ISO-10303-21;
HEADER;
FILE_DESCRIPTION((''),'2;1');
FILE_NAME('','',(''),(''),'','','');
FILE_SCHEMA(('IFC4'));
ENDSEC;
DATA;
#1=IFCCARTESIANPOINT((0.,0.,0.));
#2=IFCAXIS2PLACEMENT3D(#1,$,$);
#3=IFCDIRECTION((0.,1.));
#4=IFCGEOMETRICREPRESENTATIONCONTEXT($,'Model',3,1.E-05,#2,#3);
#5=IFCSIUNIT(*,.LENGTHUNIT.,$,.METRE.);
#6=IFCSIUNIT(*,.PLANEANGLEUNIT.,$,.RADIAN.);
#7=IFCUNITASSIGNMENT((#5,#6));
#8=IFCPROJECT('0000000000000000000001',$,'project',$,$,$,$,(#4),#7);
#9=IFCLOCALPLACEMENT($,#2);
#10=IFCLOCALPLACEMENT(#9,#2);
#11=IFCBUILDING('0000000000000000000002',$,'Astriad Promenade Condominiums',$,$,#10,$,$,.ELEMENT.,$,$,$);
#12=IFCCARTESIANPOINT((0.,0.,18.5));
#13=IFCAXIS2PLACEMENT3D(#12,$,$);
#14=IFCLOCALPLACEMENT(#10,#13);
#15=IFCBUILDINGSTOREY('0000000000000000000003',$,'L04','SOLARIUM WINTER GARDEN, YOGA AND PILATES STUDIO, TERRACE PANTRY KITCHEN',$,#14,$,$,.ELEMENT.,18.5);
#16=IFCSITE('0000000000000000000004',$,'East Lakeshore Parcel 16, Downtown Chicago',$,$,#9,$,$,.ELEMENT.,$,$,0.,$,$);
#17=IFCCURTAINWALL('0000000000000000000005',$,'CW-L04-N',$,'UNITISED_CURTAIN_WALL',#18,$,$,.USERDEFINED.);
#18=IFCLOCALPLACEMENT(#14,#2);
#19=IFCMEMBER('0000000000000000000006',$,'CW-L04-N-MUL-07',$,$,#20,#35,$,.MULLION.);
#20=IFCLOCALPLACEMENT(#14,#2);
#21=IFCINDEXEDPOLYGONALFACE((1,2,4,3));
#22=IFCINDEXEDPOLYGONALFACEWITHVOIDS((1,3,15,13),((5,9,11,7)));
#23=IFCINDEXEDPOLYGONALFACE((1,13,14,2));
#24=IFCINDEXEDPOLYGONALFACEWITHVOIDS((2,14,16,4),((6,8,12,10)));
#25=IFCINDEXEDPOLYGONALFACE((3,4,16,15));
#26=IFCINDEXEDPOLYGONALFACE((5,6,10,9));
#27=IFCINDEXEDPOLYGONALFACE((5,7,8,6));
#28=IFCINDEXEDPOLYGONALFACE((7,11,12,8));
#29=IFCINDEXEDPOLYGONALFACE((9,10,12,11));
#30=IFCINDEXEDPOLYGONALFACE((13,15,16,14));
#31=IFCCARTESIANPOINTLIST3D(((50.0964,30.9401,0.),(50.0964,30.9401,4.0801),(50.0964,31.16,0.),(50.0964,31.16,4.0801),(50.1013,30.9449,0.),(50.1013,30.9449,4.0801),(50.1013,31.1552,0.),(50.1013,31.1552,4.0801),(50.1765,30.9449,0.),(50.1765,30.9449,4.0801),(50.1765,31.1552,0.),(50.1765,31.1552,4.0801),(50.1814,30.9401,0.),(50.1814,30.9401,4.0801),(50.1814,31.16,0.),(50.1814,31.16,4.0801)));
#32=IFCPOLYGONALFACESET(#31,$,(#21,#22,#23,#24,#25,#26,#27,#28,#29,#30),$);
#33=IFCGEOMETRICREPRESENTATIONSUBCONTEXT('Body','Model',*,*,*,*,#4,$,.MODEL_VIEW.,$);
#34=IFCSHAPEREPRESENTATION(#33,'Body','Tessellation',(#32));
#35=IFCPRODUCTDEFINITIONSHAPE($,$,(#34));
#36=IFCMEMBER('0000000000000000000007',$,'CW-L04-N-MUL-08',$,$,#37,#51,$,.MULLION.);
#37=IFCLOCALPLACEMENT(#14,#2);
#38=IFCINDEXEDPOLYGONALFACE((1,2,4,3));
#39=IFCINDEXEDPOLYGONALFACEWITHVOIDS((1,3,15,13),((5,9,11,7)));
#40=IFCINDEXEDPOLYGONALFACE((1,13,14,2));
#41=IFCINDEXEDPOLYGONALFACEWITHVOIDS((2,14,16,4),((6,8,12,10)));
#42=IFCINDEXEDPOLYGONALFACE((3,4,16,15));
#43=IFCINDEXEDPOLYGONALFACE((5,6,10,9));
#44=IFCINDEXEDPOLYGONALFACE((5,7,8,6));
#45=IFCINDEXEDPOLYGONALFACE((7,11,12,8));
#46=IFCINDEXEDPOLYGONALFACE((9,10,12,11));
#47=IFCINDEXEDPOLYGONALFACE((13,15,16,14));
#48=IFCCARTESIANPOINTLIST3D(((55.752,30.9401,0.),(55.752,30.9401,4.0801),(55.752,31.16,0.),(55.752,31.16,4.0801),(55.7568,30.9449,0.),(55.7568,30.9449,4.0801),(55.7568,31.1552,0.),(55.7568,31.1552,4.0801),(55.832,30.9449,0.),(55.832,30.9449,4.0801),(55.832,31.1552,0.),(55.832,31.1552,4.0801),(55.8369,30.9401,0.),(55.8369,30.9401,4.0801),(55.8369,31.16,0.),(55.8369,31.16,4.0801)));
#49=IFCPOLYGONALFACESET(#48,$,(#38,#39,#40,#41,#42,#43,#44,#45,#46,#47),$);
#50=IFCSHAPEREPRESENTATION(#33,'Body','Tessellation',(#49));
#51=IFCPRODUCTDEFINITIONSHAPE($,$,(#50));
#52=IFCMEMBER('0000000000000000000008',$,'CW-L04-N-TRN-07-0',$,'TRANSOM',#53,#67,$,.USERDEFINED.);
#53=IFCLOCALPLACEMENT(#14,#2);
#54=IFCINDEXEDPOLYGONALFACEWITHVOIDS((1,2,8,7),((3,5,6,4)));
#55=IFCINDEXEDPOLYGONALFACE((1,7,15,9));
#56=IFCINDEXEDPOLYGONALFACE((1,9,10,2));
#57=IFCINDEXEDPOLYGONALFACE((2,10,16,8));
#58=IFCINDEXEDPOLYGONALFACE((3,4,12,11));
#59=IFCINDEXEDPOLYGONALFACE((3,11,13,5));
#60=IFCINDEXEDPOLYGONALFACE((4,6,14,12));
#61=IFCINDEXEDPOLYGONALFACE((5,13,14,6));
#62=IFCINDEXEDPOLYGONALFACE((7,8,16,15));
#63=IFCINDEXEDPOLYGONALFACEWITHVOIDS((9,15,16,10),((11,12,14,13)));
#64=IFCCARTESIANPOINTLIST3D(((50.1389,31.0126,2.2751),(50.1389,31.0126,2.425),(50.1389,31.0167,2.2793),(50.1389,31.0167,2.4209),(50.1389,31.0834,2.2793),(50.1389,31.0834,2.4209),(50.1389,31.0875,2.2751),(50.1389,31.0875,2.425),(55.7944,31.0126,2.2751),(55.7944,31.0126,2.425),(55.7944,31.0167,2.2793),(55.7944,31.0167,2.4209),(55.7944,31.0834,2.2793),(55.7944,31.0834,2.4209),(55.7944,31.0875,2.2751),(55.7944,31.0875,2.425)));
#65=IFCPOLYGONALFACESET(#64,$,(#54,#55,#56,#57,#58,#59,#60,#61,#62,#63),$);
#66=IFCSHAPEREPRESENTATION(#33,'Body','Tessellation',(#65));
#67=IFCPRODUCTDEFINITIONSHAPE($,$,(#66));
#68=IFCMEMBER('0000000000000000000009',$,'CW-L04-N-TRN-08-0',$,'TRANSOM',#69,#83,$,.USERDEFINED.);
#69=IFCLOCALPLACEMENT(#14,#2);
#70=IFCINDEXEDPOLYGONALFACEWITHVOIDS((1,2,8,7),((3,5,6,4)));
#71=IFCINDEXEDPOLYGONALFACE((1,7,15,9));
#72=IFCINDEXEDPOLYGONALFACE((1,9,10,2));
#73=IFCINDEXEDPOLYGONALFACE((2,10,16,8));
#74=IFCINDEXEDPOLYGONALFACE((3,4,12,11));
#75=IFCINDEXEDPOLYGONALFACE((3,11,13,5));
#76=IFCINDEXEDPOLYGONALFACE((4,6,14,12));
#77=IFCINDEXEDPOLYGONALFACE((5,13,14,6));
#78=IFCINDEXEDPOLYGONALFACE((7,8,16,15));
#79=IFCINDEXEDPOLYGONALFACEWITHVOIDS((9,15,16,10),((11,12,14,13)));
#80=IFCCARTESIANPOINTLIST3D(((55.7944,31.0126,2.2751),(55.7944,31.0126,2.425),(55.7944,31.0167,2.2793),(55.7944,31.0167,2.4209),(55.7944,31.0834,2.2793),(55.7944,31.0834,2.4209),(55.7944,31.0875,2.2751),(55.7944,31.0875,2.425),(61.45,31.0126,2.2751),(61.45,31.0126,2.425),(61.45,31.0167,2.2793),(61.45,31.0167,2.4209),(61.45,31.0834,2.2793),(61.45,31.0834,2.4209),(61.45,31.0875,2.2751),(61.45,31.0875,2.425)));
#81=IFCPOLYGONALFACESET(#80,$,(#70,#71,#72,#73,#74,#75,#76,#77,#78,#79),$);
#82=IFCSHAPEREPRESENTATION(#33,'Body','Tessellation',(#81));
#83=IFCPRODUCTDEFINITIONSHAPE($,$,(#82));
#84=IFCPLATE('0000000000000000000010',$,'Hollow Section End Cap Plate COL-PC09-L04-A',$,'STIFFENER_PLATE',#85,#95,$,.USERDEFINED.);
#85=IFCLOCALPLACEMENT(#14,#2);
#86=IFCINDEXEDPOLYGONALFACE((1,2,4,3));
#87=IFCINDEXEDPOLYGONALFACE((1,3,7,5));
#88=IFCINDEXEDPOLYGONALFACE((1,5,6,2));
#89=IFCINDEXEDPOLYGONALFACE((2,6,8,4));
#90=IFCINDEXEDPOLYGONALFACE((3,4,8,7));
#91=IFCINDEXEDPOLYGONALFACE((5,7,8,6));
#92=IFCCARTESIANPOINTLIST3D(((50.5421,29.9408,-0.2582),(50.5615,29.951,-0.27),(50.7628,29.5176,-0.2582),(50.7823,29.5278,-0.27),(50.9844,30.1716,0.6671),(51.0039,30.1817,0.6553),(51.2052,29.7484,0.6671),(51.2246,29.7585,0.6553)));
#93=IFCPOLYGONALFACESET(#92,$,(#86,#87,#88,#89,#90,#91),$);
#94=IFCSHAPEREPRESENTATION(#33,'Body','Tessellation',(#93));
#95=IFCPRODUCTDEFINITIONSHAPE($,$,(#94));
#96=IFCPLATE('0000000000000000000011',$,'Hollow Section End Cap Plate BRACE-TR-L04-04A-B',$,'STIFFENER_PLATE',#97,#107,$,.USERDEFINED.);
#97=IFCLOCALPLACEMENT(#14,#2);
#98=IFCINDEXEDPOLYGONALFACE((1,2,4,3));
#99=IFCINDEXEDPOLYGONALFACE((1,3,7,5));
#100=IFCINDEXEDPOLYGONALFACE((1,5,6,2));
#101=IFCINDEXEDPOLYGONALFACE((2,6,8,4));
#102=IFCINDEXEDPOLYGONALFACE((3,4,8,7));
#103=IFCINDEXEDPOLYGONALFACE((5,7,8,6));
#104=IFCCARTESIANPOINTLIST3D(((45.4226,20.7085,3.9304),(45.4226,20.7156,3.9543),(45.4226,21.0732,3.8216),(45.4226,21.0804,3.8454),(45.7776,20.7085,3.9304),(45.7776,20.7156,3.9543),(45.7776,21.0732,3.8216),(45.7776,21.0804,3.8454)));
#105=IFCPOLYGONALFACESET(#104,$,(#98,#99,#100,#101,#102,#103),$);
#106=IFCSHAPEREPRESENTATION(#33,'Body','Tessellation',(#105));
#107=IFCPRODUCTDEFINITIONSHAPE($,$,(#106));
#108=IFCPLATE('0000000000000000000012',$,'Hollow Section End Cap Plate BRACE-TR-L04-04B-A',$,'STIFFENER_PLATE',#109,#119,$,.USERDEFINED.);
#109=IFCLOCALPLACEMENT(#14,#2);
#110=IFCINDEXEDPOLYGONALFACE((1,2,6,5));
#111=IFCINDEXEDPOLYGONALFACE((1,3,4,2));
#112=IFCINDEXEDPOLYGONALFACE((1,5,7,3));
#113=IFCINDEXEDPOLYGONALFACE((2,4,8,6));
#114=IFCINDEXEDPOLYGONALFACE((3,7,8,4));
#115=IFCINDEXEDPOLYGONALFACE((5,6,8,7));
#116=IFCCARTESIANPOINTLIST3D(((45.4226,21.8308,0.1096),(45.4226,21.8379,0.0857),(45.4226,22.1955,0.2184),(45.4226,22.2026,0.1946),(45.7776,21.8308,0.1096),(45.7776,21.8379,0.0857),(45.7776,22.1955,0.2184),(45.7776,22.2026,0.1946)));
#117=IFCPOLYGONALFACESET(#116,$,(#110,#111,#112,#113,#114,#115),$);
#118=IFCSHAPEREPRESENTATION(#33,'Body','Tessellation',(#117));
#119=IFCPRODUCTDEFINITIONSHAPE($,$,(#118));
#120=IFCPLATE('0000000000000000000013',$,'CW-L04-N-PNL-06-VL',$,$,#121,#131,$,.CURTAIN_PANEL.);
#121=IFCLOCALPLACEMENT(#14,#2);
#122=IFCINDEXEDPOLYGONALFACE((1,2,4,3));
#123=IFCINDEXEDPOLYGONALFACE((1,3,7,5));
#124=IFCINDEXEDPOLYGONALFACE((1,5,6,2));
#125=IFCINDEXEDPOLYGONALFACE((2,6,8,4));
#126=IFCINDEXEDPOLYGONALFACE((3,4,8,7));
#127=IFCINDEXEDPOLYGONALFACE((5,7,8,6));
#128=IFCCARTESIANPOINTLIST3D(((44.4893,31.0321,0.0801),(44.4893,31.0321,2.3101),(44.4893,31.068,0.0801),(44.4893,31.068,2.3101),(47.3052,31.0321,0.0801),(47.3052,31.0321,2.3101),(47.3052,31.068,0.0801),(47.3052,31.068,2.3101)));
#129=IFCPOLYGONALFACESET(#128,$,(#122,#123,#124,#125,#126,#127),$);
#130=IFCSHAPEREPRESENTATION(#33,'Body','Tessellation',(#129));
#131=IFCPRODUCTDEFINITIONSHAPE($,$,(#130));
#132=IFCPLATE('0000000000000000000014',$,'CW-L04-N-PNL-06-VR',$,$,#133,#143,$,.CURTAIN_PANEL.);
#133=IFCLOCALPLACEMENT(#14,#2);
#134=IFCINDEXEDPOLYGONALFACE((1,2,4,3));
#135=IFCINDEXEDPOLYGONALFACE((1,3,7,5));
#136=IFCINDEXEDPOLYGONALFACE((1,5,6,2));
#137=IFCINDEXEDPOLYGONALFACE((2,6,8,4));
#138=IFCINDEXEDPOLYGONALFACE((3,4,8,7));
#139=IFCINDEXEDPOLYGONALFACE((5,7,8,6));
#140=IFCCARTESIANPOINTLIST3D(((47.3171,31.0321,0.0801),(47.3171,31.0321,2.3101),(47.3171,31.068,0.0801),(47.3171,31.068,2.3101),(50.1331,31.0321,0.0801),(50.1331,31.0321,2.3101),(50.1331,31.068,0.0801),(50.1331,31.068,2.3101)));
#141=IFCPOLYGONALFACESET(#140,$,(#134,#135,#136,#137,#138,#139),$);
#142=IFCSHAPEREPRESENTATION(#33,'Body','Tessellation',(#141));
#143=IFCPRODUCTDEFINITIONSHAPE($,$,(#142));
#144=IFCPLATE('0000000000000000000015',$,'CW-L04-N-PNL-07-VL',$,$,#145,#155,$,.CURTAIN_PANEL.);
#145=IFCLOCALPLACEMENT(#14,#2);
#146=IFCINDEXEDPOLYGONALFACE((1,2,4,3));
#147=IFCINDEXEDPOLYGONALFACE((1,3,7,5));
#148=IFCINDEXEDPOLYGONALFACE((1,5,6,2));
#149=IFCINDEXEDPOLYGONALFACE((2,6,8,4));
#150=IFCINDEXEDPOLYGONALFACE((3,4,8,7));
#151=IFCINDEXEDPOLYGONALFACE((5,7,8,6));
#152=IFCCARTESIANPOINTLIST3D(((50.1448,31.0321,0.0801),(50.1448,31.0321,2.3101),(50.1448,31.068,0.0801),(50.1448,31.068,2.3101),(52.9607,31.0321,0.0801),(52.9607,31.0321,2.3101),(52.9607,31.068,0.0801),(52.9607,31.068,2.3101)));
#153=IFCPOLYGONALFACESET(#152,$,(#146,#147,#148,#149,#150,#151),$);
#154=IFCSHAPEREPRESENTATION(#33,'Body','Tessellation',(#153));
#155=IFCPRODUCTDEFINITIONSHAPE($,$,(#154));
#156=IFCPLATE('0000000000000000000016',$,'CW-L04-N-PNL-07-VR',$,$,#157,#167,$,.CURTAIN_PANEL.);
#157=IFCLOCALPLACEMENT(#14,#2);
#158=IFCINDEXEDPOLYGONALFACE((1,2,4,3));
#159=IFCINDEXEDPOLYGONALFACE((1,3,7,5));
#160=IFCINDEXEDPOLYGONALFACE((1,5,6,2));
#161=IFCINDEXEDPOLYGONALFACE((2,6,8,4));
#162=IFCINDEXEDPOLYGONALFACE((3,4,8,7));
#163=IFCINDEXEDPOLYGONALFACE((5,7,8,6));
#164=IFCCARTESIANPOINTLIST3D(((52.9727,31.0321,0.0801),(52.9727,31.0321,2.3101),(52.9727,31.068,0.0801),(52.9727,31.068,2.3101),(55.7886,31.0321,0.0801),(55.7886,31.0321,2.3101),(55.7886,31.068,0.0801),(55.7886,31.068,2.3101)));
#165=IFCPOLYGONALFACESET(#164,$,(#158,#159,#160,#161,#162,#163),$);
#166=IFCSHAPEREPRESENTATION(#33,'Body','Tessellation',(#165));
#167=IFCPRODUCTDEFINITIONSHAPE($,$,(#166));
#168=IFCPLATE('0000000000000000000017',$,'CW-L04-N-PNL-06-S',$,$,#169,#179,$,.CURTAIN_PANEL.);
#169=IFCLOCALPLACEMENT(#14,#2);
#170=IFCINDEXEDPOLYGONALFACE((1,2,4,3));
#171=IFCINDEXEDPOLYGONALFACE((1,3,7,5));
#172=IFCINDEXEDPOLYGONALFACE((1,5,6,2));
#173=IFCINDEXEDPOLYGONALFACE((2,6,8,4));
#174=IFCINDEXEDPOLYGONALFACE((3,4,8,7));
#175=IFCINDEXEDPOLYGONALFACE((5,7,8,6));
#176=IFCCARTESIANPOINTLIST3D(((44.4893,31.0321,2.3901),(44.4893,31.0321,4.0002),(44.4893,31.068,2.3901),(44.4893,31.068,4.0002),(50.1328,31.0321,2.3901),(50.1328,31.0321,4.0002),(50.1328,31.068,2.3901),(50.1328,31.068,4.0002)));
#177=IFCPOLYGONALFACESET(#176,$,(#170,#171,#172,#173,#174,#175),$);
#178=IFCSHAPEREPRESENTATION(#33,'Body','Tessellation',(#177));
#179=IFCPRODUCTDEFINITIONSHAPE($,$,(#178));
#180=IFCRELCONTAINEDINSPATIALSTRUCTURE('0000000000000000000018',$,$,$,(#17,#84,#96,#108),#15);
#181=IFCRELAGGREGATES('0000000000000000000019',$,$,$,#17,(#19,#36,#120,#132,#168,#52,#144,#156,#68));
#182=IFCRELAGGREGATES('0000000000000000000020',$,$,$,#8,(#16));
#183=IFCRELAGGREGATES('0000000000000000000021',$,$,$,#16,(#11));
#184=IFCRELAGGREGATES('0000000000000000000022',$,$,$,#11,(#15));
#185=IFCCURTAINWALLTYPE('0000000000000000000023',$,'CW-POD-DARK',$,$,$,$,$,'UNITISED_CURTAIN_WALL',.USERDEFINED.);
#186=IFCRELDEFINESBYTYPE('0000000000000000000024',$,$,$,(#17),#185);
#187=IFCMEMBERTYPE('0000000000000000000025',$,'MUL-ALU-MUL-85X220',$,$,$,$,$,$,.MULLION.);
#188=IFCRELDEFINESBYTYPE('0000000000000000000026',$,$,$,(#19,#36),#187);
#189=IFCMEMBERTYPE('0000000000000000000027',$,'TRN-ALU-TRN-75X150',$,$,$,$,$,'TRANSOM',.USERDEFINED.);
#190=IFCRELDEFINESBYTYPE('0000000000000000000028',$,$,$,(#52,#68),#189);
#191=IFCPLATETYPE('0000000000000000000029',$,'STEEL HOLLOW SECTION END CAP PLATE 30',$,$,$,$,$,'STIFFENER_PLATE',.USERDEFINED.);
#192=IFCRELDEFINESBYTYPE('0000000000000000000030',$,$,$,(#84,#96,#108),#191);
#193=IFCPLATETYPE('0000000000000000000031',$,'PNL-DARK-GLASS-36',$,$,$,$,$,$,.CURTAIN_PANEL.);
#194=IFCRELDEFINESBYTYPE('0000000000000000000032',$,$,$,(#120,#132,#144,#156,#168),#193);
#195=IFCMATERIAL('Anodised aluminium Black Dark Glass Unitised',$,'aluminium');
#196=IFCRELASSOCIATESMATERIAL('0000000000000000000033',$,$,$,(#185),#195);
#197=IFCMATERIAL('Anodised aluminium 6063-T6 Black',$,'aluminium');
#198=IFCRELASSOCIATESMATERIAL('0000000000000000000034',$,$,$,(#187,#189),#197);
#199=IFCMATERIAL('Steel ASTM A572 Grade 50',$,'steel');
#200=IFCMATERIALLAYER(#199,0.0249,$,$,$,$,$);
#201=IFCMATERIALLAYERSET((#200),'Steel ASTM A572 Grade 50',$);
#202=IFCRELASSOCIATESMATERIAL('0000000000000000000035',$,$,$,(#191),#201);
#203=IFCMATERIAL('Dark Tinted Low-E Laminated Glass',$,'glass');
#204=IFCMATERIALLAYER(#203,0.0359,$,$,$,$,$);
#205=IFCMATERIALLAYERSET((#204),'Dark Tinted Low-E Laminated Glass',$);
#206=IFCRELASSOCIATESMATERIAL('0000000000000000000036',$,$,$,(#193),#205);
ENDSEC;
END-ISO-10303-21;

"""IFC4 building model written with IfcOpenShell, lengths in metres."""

from ifc_helpers import new_model, si_unit, direction, frame, origin, origin_2d, place, context, subcontext, project, spatial, rectangle, hollow_rectangle, extrude, source, transform, mapped, material, layer, layer_set, material_profile, profile_set, type_object, type_shapes, element, aggregate, save


model = new_model("IFC4")

# Units and contexts
model_context = context("Model", 3, precision=1e-05, world=origin(), true_north=direction((0.0, 1.0)))
body_context = subcontext(model_context, "Body", "Model", "MODEL_VIEW")
ifc_project = project(units=[si_unit("LENGTHUNIT", "METRE"), si_unit("PLANEANGLEUNIT", "RADIAN")], contexts=[model_context])

# Site, building, storey
site_placement = place(None, origin())
site = spatial("IfcSite", under=ifc_project, at=site_placement, Name="East Lakeshore Parcel 16, Downtown Chicago", CompositionType="ELEMENT", RefElevation=0.0)
building_placement = place(site_placement, origin())
building = spatial("IfcBuilding", under=site, at=building_placement, Name="Astriad Promenade Condominiums", CompositionType="ELEMENT")
storey_placement = place(building_placement, frame((0.0, 0.0, 18.5)))
storey = spatial("IfcBuildingStorey", under=building, at=storey_placement, Name="L04", Description="SOLARIUM WINTER GARDEN, YOGA AND PILATES STUDIO, TERRACE PANTRY KITCHEN", CompositionType="ELEMENT", Elevation=18.5)

# Curtain wall, members
ifc_material_1 = material(Name="Anodised aluminium Black Dark Glass Unitised", Category="aluminium")
curtain_wall_type = type_object("IfcCurtainWallType", Name="CW-POD-DARK", ElementType="UNITISED_CURTAIN_WALL", PredefinedType="USERDEFINED", material=ifc_material_1)
curtain_wall_placement = place(storey_placement, origin())
curtain_wall = element("IfcCurtainWall", 1, at=curtain_wall_placement, inside=storey, type_object=curtain_wall_type, Name="CW-L04-N", ObjectType="UNITISED_CURTAIN_WALL", PredefinedType="USERDEFINED")
ifc_material_2 = material(Name="Anodised aluminium 6063-T6 Black", Category="aluminium")
ifc_material_profile_1 = material_profile(ifc_material_2, hollow_rectangle(XDim=0.085, YDim=0.22, WallThickness=0.0049, at=origin_2d()), Name="ALU-MUL-85X220")
ifc_profile_set_1 = profile_set([ifc_material_profile_1], Name="Anodised aluminium 6063-T6 Black")
member_type_1 = type_object("IfcMemberType", Name="MUL-ALU-MUL-85X220", PredefinedType="MULLION", material=ifc_profile_set_1)
shared_shape_1 = source(origin(), body_context, "Body", "SweptSolid", [
    extrude(hollow_rectangle(XDim=0.085, YDim=0.22, WallThickness=0.0049, at=origin_2d()), origin(), (0.0, 0.0, 1.0), 4.0801),
])
type_shapes(member_type_1, [shared_shape_1])
member_1_placement = place(storey_placement, frame((50.1389, 31.05, 0.0), z_axis=(0.0, 0.0, 1.0), x_axis=(1.0, 0.0, 0.0)))
member_1 = element("IfcMember", 2, at=member_1_placement, type_object=member_type_1, Name="CW-L04-N-MUL-07", PredefinedType="MULLION", context=body_context, shape_type="MappedRepresentation", body=[
    mapped(shared_shape_1, transform((0.0, 0.0, 0.0), scale=1.0)),
])
member_2_placement = place(storey_placement, frame((55.7944, 31.05, 0.0), z_axis=(0.0, 0.0, 1.0), x_axis=(1.0, 0.0, 0.0)))
member_2 = element("IfcMember", 3, at=member_2_placement, type_object=member_type_1, Name="CW-L04-N-MUL-08", PredefinedType="MULLION", context=body_context, shape_type="MappedRepresentation", body=[
    mapped(shared_shape_1, transform((0.0, 0.0, 0.0), scale=1.0)),
])
ifc_material_profile_2 = material_profile(ifc_material_2, hollow_rectangle(XDim=0.075, YDim=0.1499, WallThickness=0.0042, at=origin_2d()), Name="ALU-TRN-75X150")
ifc_profile_set_2 = profile_set([ifc_material_profile_2], Name="Anodised aluminium 6063-T6 Black")
member_type_2 = type_object("IfcMemberType", Name="TRN-ALU-TRN-75X150", ElementType="TRANSOM", PredefinedType="USERDEFINED", material=ifc_profile_set_2)
shared_shape_2 = source(origin(), body_context, "Body", "SweptSolid", [
    extrude(hollow_rectangle(XDim=0.075, YDim=0.1499, WallThickness=0.0042, at=origin_2d()), origin(), (0.0, 0.0, 1.0), 5.6555),
])
type_shapes(member_type_2, [shared_shape_2])
member_3_placement = place(storey_placement, frame((50.1389, 31.05, 2.3501), z_axis=(1.0, 0.0, 0.0), x_axis=(0.0, 1.0, 0.0)))
member_3 = element("IfcMember", 4, at=member_3_placement, type_object=member_type_2, Name="CW-L04-N-TRN-07-0", ObjectType="TRANSOM", PredefinedType="USERDEFINED", context=body_context, shape_type="MappedRepresentation", body=[
    mapped(shared_shape_2, transform((0.0, 0.0, 0.0), scale=1.0)),
])
member_4_placement = place(storey_placement, frame((55.7944, 31.05, 2.3501), z_axis=(1.0, 0.0, 0.0), x_axis=(0.0, 1.0, 0.0)))
member_4 = element("IfcMember", 5, at=member_4_placement, type_object=member_type_2, Name="CW-L04-N-TRN-08-0", ObjectType="TRANSOM", PredefinedType="USERDEFINED", context=body_context, shape_type="MappedRepresentation", body=[
    mapped(shared_shape_2, transform((0.0, 0.0, 0.0), scale=1.0)),
])

# Plates
ifc_material_3 = material(Name="Steel ASTM A572 Grade 50", Category="steel")
ifc_layer_1 = layer(ifc_material_3, 0.0249)
ifc_layer_set_1 = layer_set([ifc_layer_1], Name="Steel ASTM A572 Grade 50")
plate_type_1 = type_object("IfcPlateType", Name="STEEL HOLLOW SECTION END CAP PLATE 30", ElementType="STIFFENER_PLATE", PredefinedType="USERDEFINED", material=ifc_layer_set_1)
shared_shape_3 = source(origin(), body_context, "Body", "SweptSolid", [
    extrude(rectangle(XDim=0.4773, YDim=1.0513, at=origin_2d()), origin(), (0.0, 0.0, 1.0), 0.0249),
])
plate_1_placement = place(storey_placement, frame((50.8931, 29.8547, 0.1926), z_axis=(-0.780439, -0.407077, 0.474556), x_axis=(0.462469, -0.886636, 0.0)))
element("IfcPlate", 6, at=plate_1_placement, inside=storey, type_object=plate_type_1, Name="Hollow Section End Cap Plate COL-PC09-L04-A", ObjectType="STIFFENER_PLATE", PredefinedType="USERDEFINED", context=body_context, shape_type="MappedRepresentation", body=[
    mapped(shared_shape_3, transform((0.0, 0.0, 0.0), scale=1.0)),
])
shared_shape_4 = source(origin(), body_context, "Body", "SweptSolid", [
    extrude(rectangle(XDim=0.355, YDim=0.3806, at=origin_2d()), origin(), (0.0, 0.0, 1.0), 0.0249),
])
type_shapes(plate_type_1, [shared_shape_3, shared_shape_4])
for number, where, z_axis, x_axis, name in (
    (7, (45.6001, 20.8909, 3.876), (0.0, 0.285974, 0.958237), (1.0, 0.0, 0.0), "Hollow Section End Cap Plate BRACE-TR-L04-04A-B"),
    (8, (45.6001, 22.0203, 0.1401), (0.0, -0.285974, 0.958237), (1.0, 0.0, 0.0), "Hollow Section End Cap Plate BRACE-TR-L04-04B-A"),
):
    element("IfcPlate", number, at=place(storey_placement, frame(where, z_axis=z_axis, x_axis=x_axis)), inside=storey, type_object=plate_type_1, Name=name, ObjectType="STIFFENER_PLATE", PredefinedType="USERDEFINED", context=body_context, shape_type="MappedRepresentation", body=[
        mapped(shared_shape_4, transform((0.0, 0.0, 0.0), scale=1.0)),
    ])

# Plates
ifc_material_4 = material(Name="Dark Tinted Low-E Laminated Glass", Category="glass")
ifc_layer_2 = layer(ifc_material_4, 0.0359)
ifc_layer_set_2 = layer_set([ifc_layer_2], Name="Dark Tinted Low-E Laminated Glass")
plate_type_2 = type_object("IfcPlateType", Name="PNL-DARK-GLASS-36", PredefinedType="CURTAIN_PANEL", material=ifc_layer_set_2)
shared_shape_5 = source(origin(), body_context, "Body", "SweptSolid", [
    extrude(rectangle(XDim=2.8159, YDim=0.0359, at=origin_2d()), origin(), (0.0, 0.0, 1.0), 2.23),
])
plate_2_placement = place(storey_placement, frame((45.8972, 31.05, 0.0801), z_axis=(0.0, 0.0, 1.0), x_axis=(1.0, 0.0, 0.0)))
plate_2 = element("IfcPlate", 9, at=plate_2_placement, type_object=plate_type_2, Name="CW-L04-N-PNL-06-VL", PredefinedType="CURTAIN_PANEL", context=body_context, shape_type="MappedRepresentation", body=[
    mapped(shared_shape_5, transform((0.0, 0.0, 0.0), scale=1.0)),
])
plate_3_placement = place(storey_placement, frame((48.7251, 31.05, 0.0801), z_axis=(0.0, 0.0, 1.0), x_axis=(1.0, 0.0, 0.0)))
plate_3 = element("IfcPlate", 10, at=plate_3_placement, type_object=plate_type_2, Name="CW-L04-N-PNL-06-VR", PredefinedType="CURTAIN_PANEL", context=body_context, shape_type="MappedRepresentation", body=[
    mapped(shared_shape_5, transform((0.0, 0.0, 0.0), scale=1.0)),
])
plate_4_placement = place(storey_placement, frame((51.5527, 31.05, 0.0801), z_axis=(0.0, 0.0, 1.0), x_axis=(1.0, 0.0, 0.0)))
plate_4 = element("IfcPlate", 11, at=plate_4_placement, type_object=plate_type_2, Name="CW-L04-N-PNL-07-VL", PredefinedType="CURTAIN_PANEL", context=body_context, shape_type="MappedRepresentation", body=[
    mapped(shared_shape_5, transform((0.0, 0.0, 0.0), scale=1.0)),
])
plate_5_placement = place(storey_placement, frame((54.3806, 31.05, 0.0801), z_axis=(0.0, 0.0, 1.0), x_axis=(1.0, 0.0, 0.0)))
plate_5 = element("IfcPlate", 12, at=plate_5_placement, type_object=plate_type_2, Name="CW-L04-N-PNL-07-VR", PredefinedType="CURTAIN_PANEL", context=body_context, shape_type="MappedRepresentation", body=[
    mapped(shared_shape_5, transform((0.0, 0.0, 0.0), scale=1.0)),
])
shared_shape_6 = source(origin(), body_context, "Body", "SweptSolid", [
    extrude(rectangle(XDim=5.6436, YDim=0.0359, at=origin_2d()), origin(), (0.0, 0.0, 1.0), 1.6101),
])
type_shapes(plate_type_2, [shared_shape_5, shared_shape_6])
plate_6_placement = place(storey_placement, frame((47.311, 31.05, 2.3901), z_axis=(0.0, 0.0, 1.0), x_axis=(1.0, 0.0, 0.0)))
plate_6 = element("IfcPlate", 13, at=plate_6_placement, type_object=plate_type_2, Name="CW-L04-N-PNL-06-S", PredefinedType="CURTAIN_PANEL", context=body_context, shape_type="MappedRepresentation", body=[
    mapped(shared_shape_6, transform((0.0, 0.0, 0.0), scale=1.0)),
])
aggregate(curtain_wall, [member_1, member_2, plate_2, plate_3, plate_6, member_3, plate_4, plate_5, member_4])

save(model, "model.ifc")
